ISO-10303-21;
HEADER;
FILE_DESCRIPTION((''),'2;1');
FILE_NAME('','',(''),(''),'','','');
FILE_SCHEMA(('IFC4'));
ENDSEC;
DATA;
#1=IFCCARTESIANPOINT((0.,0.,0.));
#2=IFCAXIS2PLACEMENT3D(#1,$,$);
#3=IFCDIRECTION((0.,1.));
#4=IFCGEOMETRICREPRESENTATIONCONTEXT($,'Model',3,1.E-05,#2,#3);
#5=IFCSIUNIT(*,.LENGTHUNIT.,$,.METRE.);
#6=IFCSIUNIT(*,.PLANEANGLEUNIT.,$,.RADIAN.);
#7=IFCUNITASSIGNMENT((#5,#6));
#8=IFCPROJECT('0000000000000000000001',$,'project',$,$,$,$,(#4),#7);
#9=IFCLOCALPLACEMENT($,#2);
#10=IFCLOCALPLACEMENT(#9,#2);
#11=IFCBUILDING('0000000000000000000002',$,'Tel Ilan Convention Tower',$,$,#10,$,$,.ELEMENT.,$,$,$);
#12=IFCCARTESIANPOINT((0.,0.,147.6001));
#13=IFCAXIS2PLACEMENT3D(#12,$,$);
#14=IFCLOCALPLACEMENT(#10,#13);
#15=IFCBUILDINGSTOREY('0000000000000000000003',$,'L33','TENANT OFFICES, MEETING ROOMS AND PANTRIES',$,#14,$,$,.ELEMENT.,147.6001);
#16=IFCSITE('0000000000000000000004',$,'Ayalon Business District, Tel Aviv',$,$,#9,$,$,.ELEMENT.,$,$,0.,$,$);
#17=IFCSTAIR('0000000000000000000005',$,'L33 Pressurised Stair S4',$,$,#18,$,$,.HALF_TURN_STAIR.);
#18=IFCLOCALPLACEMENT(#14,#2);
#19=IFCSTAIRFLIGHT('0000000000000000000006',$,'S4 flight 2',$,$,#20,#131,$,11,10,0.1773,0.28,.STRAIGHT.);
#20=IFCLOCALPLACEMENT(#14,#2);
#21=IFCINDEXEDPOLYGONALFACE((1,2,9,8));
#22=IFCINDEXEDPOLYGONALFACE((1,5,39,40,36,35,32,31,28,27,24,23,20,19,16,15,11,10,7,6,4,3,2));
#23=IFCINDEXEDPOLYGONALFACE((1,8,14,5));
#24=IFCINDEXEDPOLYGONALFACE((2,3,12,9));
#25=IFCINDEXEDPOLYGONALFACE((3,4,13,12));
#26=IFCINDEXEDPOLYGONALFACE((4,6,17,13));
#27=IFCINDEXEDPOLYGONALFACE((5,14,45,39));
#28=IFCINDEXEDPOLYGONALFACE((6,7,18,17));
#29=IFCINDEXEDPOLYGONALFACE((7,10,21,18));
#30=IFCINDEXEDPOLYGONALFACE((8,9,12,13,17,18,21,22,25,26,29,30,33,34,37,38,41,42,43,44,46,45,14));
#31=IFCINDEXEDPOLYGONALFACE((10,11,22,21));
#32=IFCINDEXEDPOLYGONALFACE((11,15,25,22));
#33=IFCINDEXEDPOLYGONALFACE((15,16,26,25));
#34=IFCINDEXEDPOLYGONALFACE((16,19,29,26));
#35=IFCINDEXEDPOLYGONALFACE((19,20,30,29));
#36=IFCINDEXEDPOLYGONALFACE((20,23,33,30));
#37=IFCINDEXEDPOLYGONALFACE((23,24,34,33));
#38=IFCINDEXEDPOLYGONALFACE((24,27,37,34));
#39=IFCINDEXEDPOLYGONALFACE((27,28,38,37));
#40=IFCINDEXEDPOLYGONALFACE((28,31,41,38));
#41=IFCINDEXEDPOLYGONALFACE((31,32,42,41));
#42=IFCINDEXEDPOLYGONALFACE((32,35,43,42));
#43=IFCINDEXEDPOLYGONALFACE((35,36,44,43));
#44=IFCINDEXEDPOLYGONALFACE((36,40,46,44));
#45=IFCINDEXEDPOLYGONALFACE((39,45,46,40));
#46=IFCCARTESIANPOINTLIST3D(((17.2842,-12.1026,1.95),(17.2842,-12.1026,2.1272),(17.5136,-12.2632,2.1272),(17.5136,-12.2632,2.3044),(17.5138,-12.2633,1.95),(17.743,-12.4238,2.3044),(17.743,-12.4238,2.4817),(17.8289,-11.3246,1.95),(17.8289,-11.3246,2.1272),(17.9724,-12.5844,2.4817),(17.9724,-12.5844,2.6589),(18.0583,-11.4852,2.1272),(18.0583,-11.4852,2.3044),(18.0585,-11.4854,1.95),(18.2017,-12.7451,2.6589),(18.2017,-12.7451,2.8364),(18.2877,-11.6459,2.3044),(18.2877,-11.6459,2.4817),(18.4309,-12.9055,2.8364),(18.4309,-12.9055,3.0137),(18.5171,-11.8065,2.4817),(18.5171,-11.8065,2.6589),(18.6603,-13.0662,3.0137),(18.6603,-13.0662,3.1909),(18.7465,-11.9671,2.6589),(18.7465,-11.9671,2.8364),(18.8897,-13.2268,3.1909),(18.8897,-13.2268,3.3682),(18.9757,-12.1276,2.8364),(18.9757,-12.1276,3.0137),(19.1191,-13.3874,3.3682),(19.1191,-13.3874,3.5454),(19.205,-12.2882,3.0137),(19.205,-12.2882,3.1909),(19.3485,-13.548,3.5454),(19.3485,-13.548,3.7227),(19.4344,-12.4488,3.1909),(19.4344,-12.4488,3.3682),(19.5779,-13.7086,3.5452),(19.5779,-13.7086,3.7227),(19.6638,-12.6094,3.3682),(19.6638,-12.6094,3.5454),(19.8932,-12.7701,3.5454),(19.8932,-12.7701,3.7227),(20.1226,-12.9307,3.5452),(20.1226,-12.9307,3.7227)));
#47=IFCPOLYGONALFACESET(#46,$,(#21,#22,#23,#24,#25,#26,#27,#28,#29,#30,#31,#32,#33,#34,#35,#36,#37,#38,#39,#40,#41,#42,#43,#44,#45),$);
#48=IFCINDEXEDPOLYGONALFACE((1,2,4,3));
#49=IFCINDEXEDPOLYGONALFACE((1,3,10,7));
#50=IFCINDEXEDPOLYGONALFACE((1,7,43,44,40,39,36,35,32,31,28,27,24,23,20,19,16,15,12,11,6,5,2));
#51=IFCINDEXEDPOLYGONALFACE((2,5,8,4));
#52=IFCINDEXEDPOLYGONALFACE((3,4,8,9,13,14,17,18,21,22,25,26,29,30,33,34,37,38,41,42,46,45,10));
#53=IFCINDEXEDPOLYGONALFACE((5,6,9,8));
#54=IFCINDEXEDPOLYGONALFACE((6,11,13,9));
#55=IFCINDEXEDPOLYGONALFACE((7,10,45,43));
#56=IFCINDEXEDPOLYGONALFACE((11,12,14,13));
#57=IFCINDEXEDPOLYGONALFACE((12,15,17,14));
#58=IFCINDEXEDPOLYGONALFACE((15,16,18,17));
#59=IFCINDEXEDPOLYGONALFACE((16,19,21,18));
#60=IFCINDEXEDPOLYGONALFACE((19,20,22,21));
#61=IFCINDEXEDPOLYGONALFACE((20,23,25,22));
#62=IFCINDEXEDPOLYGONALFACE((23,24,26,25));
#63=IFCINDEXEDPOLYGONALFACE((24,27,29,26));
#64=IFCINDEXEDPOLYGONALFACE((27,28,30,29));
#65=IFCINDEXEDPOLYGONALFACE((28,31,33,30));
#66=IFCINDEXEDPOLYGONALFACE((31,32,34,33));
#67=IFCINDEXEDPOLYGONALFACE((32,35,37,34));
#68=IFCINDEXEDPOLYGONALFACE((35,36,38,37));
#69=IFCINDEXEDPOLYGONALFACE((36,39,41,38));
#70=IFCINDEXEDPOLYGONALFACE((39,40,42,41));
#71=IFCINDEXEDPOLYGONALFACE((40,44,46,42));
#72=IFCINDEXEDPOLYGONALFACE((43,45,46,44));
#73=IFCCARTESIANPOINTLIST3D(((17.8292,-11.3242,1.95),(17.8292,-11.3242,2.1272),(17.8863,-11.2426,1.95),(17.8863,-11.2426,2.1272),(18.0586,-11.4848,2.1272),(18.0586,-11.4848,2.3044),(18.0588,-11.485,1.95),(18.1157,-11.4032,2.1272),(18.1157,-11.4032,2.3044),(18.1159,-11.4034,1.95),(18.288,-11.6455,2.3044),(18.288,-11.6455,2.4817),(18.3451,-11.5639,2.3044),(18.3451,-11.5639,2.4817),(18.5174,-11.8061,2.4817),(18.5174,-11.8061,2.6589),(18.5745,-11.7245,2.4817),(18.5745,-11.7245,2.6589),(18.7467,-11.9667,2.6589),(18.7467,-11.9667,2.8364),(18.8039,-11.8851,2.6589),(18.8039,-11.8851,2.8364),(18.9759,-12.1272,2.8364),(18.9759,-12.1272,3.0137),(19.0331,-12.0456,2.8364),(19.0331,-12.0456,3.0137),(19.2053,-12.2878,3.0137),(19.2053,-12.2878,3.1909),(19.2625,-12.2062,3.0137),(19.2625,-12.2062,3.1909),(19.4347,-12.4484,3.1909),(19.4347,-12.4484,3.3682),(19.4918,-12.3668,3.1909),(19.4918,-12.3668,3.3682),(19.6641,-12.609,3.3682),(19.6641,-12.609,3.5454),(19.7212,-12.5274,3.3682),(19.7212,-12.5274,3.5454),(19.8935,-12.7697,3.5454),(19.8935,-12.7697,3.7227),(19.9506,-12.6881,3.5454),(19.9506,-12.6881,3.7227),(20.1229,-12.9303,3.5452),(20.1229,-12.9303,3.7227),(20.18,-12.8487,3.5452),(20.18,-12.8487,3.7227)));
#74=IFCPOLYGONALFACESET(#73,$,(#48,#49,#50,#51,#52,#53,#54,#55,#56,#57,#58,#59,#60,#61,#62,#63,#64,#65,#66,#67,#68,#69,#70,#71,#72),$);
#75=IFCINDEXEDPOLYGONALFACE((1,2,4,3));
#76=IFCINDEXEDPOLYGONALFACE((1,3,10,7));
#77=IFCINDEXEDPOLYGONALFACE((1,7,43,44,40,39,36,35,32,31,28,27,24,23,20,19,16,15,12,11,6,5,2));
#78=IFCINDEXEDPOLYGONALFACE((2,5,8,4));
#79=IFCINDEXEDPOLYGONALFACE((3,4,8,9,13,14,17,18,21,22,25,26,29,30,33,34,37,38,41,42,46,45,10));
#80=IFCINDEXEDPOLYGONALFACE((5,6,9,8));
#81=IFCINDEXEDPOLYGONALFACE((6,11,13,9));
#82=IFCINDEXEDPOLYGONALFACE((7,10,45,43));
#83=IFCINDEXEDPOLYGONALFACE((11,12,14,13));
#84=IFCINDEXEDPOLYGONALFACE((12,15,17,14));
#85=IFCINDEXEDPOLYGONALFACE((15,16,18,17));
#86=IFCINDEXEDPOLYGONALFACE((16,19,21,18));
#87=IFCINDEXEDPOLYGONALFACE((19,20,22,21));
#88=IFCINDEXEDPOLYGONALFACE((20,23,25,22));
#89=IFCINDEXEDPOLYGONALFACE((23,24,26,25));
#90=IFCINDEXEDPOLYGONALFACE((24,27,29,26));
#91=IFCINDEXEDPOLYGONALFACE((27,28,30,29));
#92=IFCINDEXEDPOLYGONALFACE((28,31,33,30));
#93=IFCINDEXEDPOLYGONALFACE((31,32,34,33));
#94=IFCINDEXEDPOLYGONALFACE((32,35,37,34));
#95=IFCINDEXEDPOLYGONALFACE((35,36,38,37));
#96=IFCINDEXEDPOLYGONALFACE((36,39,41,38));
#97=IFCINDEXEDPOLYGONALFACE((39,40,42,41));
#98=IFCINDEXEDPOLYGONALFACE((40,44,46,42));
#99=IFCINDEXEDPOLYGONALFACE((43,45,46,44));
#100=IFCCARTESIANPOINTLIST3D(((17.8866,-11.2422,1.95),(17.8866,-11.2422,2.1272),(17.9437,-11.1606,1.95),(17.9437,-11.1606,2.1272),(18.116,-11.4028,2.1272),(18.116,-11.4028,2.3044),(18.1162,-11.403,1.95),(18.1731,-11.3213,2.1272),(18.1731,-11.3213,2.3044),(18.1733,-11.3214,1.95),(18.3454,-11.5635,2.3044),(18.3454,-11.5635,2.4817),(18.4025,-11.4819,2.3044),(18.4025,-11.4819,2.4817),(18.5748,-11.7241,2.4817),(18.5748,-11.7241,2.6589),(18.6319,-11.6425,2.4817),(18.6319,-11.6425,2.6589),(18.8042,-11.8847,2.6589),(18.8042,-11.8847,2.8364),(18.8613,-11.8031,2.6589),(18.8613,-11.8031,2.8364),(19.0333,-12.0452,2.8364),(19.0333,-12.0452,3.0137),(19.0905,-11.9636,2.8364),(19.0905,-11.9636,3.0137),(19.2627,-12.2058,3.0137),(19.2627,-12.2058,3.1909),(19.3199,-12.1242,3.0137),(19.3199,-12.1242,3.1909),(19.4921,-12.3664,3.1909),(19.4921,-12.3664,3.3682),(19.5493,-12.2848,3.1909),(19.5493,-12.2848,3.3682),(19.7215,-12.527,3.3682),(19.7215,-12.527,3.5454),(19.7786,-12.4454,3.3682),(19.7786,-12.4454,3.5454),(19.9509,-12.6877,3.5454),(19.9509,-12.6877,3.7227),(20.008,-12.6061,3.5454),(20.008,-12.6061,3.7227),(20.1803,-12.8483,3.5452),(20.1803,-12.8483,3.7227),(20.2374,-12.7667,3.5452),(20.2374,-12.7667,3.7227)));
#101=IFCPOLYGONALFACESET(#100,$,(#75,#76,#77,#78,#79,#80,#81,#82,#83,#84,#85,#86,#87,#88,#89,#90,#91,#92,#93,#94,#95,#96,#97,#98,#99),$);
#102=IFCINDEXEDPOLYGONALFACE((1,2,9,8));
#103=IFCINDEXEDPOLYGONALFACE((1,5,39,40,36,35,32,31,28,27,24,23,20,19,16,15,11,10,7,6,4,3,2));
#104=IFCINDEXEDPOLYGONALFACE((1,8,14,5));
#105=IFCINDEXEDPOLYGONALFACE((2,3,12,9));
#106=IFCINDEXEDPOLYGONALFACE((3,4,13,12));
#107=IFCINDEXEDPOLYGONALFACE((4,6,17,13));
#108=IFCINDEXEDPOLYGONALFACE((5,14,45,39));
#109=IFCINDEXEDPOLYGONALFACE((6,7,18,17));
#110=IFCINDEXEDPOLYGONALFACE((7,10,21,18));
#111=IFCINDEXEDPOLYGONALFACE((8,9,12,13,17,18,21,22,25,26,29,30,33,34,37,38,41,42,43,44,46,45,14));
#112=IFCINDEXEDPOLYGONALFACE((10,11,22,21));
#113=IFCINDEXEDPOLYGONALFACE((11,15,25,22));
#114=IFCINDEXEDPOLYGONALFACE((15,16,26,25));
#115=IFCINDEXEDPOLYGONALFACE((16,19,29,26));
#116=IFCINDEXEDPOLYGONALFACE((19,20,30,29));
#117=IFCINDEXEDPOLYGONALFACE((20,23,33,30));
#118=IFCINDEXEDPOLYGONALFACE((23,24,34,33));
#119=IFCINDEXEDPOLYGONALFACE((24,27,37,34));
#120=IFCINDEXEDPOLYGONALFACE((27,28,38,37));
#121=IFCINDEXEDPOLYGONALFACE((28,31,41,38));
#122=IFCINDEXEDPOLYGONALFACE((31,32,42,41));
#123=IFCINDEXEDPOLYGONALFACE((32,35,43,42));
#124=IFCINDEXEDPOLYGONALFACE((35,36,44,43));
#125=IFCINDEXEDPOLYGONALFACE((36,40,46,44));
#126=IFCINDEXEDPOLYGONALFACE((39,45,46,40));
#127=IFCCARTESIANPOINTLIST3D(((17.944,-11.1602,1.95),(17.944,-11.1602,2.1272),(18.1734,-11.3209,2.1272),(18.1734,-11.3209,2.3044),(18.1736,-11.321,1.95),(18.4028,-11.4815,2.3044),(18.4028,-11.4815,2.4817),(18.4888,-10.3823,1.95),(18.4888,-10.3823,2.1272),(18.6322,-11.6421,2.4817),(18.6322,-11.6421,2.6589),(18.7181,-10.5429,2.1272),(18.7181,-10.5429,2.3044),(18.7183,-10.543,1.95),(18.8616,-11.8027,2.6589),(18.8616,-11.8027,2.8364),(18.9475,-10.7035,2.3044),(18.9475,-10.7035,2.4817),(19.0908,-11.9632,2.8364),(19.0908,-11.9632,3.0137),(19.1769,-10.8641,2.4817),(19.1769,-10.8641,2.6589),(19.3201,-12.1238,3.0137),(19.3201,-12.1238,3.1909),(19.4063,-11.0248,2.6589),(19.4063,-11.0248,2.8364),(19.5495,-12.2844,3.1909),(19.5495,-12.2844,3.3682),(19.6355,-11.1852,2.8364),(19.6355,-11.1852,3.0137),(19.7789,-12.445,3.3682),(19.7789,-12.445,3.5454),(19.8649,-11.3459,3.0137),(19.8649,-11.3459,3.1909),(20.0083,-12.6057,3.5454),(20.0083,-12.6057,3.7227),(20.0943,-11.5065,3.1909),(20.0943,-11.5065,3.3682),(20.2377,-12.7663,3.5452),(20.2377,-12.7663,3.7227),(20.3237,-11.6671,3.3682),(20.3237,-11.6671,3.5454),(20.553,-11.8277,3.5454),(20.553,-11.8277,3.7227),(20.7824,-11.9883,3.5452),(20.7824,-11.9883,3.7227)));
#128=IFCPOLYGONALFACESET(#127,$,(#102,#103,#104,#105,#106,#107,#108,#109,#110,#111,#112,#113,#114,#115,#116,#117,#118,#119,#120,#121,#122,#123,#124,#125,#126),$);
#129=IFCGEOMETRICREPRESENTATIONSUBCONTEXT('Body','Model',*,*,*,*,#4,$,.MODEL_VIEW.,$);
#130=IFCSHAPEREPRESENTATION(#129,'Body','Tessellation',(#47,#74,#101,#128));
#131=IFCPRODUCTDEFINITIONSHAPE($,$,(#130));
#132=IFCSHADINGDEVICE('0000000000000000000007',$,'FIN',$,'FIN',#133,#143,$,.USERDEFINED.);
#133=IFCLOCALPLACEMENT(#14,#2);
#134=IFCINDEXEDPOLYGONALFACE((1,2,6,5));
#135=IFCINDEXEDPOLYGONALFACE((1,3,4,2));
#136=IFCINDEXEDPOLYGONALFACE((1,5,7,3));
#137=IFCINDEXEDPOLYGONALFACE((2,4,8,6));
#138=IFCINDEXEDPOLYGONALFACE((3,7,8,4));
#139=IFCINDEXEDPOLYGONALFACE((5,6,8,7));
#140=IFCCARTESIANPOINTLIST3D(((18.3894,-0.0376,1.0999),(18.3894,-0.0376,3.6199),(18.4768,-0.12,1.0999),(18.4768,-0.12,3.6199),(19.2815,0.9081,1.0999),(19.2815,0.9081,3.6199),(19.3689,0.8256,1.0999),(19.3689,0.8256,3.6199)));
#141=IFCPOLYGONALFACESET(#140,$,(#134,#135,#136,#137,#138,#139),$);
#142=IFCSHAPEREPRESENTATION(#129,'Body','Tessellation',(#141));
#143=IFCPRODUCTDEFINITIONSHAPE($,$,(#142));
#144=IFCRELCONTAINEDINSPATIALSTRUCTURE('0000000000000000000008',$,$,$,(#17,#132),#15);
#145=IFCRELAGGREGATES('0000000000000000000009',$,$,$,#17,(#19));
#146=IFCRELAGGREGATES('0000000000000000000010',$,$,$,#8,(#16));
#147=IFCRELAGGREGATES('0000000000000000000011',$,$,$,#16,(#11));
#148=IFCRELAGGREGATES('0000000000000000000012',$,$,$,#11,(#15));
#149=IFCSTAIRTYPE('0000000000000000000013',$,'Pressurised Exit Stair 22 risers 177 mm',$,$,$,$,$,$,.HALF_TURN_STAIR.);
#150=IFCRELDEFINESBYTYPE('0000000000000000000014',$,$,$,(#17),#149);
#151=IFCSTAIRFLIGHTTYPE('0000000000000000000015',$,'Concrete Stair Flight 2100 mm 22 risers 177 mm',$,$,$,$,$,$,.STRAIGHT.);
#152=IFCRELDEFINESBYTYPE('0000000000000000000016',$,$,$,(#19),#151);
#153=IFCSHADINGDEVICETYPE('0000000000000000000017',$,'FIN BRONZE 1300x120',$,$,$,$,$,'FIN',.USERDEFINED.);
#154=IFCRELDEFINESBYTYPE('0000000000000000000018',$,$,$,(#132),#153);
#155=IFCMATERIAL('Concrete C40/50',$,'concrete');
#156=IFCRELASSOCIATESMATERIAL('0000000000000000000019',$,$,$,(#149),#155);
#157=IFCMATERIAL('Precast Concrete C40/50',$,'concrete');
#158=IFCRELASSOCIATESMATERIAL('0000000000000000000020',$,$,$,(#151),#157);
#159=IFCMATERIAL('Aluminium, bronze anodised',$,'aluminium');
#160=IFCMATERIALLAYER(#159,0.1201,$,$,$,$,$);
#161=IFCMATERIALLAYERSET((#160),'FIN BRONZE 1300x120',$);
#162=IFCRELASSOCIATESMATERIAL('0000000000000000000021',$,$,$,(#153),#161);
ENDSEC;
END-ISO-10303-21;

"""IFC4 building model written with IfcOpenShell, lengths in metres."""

from ifc_helpers import new_model, si_unit, direction, frame, origin, origin_2d, place, context, subcontext, project, spatial, polyline, rectangle, outline, extrude, material, layer, layer_set, type_object, element, aggregate, save


model = new_model("IFC4")

# Units and contexts
model_context = context("Model", 3, precision=1e-05, world=origin(), true_north=direction((0.0, 1.0)))
body_context = subcontext(model_context, "Body", "Model", "MODEL_VIEW")
ifc_project = project(units=[si_unit("LENGTHUNIT", "METRE"), si_unit("PLANEANGLEUNIT", "RADIAN")], contexts=[model_context])

# Site, building, storey
site_placement = place(None, origin())
site = spatial("IfcSite", under=ifc_project, at=site_placement, Name="Ayalon Business District, Tel Aviv", CompositionType="ELEMENT", RefElevation=0.0)
building_placement = place(site_placement, origin())
building = spatial("IfcBuilding", under=site, at=building_placement, Name="Tel Ilan Convention Tower", CompositionType="ELEMENT")
storey_placement = place(building_placement, frame((0.0, 0.0, 147.6001)))
storey = spatial("IfcBuildingStorey", under=building, at=storey_placement, Name="L33", Description="TENANT OFFICES, MEETING ROOMS AND PANTRIES", CompositionType="ELEMENT", Elevation=147.6001)

# Shared definitions
ifc_material_1 = material(Name="Concrete C40/50", Category="concrete")
stair_type = type_object("IfcStairType", Name="Pressurised Exit Stair 22 risers 177 mm", PredefinedType="HALF_TURN_STAIR", material=ifc_material_1)
ifc_material_2 = material(Name="Precast Concrete C40/50", Category="concrete")
stair_flight_type = type_object("IfcStairFlightType", Name="Concrete Stair Flight 2100 mm 22 risers 177 mm", PredefinedType="STRAIGHT", material=ifc_material_2)

# Stair, stair flight
stair_1_placement = place(storey_placement, origin())
stair_1 = element("IfcStair", 1, at=stair_1_placement, inside=storey, type_object=stair_type, Name="L33 Pressurised Stair S4", PredefinedType="HALF_TURN_STAIR")
stair_flight_1_placement = place(storey_placement, frame((17.8865, -11.2424, 1.95), z_axis=(0.0, 0.0, 1.0), x_axis=(0.819152, -0.573576, 0.0)))
stair_flight_1 = element("IfcStairFlight", 2, at=stair_flight_1_placement, type_object=stair_flight_type, Name="S4 flight 2", NumberOfRisers=11, NumberOfTreads=10, PredefinedType="STRAIGHT", RiserHeight=0.1773, TreadLength=0.28, context=body_context, shape_type="SweptSolid", body=[
    extrude(outline(polyline([(0.0, 0.0), (0.0, 0.1772), (0.28, 0.1772), (0.28, 0.3545), (0.5601, 0.3545), (0.5601, 0.5317), (0.8401, 0.5317), (0.8401, 0.709), (1.1201, 0.709), (1.1201, 0.8865), (1.3999, 0.8865), (1.3999, 1.0637), (1.6799, 1.0637), (1.6799, 1.241), (1.96, 1.241), (1.96, 1.4182), (2.24, 1.4182), (2.24, 1.5955), (2.52, 1.5955), (2.52, 1.7727), (2.8, 1.7727), (2.8, 1.95), (2.8, 1.5952), (0.2803, 0.0), (0.0, 0.0)])), frame((0.0, -0.1003, 0.0), z_axis=(0.0, -1.0, 0.0), x_axis=(1.0, 0.0, 0.0)), (0.0, 0.0, 1.0), 0.9497),
    extrude(outline(polyline([(0.0, 0.0), (0.0, 0.1772), (0.28, 0.1772), (0.28, 0.3545), (0.5601, 0.3545), (0.5601, 0.5317), (0.8401, 0.5317), (0.8401, 0.709), (1.1201, 0.709), (1.1201, 0.8865), (1.3999, 0.8865), (1.3999, 1.0637), (1.6799, 1.0637), (1.6799, 1.241), (1.96, 1.241), (1.96, 1.4182), (2.24, 1.4182), (2.24, 1.5955), (2.52, 1.5955), (2.52, 1.7727), (2.8, 1.7727), (2.8, 1.95), (2.8, 1.5952), (0.2803, 0.0), (0.0, 0.0)])), frame((0.0, -0.0002, 0.0), z_axis=(0.0, -1.0, 0.0), x_axis=(1.0, 0.0, 0.0)), (0.0, 0.0, 1.0), 0.0996),
    extrude(outline(polyline([(0.0, 0.0), (0.0, 0.1772), (0.28, 0.1772), (0.28, 0.3545), (0.5601, 0.3545), (0.5601, 0.5317), (0.8401, 0.5317), (0.8401, 0.709), (1.1201, 0.709), (1.1201, 0.8865), (1.3999, 0.8865), (1.3999, 1.0637), (1.6799, 1.0637), (1.6799, 1.241), (1.96, 1.241), (1.96, 1.4182), (2.24, 1.4182), (2.24, 1.5955), (2.52, 1.5955), (2.52, 1.7727), (2.8, 1.7727), (2.8, 1.95), (2.8, 1.5952), (0.2803, 0.0), (0.0, 0.0)])), frame((0.0, 0.0999, 0.0), z_axis=(0.0, -1.0, 0.0), x_axis=(1.0, 0.0, 0.0)), (0.0, 0.0, 1.0), 0.0996),
    extrude(outline(polyline([(0.0, 0.0), (0.0, 0.1772), (0.28, 0.1772), (0.28, 0.3545), (0.5601, 0.3545), (0.5601, 0.5317), (0.8401, 0.5317), (0.8401, 0.709), (1.1201, 0.709), (1.1201, 0.8865), (1.3999, 0.8865), (1.3999, 1.0637), (1.6799, 1.0637), (1.6799, 1.241), (1.96, 1.241), (1.96, 1.4182), (2.24, 1.4182), (2.24, 1.5955), (2.52, 1.5955), (2.52, 1.7727), (2.8, 1.7727), (2.8, 1.95), (2.8, 1.5952), (0.2803, 0.0), (0.0, 0.0)])), frame((0.0, 1.05, 0.0), z_axis=(0.0, -1.0, 0.0), x_axis=(1.0, 0.0, 0.0)), (0.0, 0.0, 1.0), 0.9497),
])
aggregate(stair_1, [stair_flight_1])

# Shading device
ifc_material_3 = material(Name="Aluminium, bronze anodised", Category="aluminium")
ifc_layer_1 = layer(ifc_material_3, 0.1201)
ifc_layer_set_1 = layer_set([ifc_layer_1], Name="FIN BRONZE 1300x120")
shading_device_type = type_object("IfcShadingDeviceType", Name="FIN BRONZE 1300x120", ElementType="FIN", PredefinedType="USERDEFINED", material=ifc_layer_set_1)
shading_device_placement = place(storey_placement, frame((18.8792, 0.394, 1.0999), z_axis=(0.0, 0.0, 1.0), x_axis=(0.686242, 0.727374, 0.0)))
element("IfcShadingDevice", 3, at=shading_device_placement, inside=storey, type_object=shading_device_type, Name="FIN", ObjectType="FIN", PredefinedType="USERDEFINED", context=body_context, shape_type="SweptSolid", body=[
    extrude(rectangle(XDim=1.3, YDim=0.1201, at=origin_2d()), origin(), (0.0, 0.0, 1.0), 2.52),
])

save(model, "model.ifc")
